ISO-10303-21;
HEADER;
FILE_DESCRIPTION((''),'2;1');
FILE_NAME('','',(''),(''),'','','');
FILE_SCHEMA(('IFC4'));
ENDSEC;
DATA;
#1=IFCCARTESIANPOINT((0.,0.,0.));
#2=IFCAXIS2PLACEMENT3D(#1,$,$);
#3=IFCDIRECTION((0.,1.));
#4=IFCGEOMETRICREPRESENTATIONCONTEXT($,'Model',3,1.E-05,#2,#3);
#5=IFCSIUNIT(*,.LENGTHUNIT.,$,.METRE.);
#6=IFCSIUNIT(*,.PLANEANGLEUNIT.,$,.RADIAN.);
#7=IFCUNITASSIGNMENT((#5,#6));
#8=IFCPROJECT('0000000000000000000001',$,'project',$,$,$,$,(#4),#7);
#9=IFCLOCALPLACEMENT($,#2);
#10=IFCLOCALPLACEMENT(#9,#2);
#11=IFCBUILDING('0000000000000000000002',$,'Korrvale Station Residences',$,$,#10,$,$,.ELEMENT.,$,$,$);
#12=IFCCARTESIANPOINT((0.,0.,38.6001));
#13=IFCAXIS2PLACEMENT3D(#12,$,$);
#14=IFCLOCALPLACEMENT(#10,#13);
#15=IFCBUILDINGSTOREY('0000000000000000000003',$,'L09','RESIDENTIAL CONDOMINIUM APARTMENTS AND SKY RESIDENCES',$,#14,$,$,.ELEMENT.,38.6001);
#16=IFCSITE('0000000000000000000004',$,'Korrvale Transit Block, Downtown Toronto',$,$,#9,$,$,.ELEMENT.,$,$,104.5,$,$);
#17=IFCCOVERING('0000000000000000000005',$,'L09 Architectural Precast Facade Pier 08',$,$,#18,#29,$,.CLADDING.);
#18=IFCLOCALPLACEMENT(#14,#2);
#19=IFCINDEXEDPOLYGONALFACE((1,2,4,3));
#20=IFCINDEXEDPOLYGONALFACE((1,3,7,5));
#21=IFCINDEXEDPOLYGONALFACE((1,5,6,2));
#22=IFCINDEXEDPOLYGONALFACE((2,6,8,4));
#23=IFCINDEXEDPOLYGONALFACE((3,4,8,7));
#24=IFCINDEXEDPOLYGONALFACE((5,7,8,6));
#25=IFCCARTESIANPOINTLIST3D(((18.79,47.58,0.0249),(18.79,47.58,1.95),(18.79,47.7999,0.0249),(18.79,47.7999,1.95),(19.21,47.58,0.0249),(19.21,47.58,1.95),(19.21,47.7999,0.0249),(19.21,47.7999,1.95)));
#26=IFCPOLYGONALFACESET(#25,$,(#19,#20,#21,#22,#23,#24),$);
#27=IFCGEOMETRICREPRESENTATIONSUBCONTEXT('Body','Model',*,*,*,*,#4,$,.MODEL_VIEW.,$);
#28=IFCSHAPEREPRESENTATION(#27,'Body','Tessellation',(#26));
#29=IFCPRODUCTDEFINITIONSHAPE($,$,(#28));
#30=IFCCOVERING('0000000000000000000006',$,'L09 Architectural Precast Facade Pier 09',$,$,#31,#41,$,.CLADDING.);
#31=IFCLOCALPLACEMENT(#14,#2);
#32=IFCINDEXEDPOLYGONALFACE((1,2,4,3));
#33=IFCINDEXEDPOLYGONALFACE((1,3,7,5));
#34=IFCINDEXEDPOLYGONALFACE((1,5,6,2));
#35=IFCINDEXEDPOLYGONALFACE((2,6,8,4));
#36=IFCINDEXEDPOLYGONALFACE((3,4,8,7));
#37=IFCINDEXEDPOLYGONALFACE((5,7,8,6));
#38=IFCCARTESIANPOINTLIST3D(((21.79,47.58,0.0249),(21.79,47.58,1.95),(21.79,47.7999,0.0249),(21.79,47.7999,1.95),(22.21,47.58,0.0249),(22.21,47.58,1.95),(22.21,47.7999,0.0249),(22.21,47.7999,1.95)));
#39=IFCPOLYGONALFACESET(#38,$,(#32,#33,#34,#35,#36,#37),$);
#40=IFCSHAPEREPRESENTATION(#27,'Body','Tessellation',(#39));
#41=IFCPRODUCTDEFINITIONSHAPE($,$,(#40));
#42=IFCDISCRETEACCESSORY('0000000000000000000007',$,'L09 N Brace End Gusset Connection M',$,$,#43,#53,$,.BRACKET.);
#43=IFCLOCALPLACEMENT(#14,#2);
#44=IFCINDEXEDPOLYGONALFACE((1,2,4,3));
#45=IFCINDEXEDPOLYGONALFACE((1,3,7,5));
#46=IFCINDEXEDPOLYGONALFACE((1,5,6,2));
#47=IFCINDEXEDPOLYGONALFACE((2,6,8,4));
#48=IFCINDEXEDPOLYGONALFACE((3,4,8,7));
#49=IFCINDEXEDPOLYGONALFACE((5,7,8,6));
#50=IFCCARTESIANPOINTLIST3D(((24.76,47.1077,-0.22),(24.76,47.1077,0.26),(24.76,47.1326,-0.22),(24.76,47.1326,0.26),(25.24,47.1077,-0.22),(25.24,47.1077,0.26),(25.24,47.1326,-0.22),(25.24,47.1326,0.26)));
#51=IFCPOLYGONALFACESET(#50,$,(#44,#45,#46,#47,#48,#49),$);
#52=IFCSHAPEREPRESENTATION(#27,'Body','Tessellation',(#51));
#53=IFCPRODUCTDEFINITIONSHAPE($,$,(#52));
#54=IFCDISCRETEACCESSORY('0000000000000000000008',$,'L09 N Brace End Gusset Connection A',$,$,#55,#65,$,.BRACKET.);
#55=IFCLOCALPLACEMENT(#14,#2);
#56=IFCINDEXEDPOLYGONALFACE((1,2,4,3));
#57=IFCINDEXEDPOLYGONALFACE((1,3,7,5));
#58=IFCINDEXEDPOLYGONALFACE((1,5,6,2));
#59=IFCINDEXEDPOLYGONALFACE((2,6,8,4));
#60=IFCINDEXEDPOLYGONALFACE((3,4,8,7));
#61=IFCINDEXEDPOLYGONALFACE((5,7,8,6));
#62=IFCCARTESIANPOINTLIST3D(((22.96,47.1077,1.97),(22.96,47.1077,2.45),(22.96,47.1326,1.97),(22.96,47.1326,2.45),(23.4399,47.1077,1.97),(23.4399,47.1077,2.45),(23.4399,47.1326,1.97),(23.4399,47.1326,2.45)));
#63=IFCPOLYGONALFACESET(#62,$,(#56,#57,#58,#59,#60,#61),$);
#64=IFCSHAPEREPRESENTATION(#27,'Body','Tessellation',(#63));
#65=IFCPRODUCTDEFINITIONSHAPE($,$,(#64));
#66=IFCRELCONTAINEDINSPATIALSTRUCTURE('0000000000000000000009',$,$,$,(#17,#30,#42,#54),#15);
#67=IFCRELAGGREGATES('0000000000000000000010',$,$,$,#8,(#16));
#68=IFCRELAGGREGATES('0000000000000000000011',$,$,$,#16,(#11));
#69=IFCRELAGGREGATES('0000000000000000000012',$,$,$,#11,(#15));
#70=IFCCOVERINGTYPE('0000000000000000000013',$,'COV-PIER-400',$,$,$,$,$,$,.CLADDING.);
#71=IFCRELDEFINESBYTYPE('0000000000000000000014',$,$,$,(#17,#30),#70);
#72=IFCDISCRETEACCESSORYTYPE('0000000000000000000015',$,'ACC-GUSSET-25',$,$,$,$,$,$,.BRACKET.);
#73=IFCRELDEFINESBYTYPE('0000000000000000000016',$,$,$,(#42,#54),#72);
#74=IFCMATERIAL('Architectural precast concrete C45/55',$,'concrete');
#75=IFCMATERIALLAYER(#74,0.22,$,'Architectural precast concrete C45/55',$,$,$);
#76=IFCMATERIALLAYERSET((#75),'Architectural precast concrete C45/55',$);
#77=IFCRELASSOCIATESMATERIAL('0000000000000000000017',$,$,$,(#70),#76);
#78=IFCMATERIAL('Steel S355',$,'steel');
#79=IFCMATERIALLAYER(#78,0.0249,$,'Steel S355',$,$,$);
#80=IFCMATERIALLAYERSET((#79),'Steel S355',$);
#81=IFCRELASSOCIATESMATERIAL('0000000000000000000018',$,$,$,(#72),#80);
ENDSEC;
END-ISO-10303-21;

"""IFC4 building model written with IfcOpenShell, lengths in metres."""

from ifc_helpers import new_model, si_unit, direction, frame, origin, origin_2d, place, context, subcontext, project, spatial, rectangle, extrude, material, layer, layer_set, type_object, element, save


model = new_model("IFC4")

# Units and contexts
model_context = context("Model", 3, precision=1e-05, world=origin(), true_north=direction((0.0, 1.0)))
body_context = subcontext(model_context, "Body", "Model", "MODEL_VIEW")
ifc_project = project(units=[si_unit("LENGTHUNIT", "METRE"), si_unit("PLANEANGLEUNIT", "RADIAN")], contexts=[model_context])

# Site, building, storey
site_placement = place(None, origin())
site = spatial("IfcSite", under=ifc_project, at=site_placement, Name="Korrvale Transit Block, Downtown Toronto", CompositionType="ELEMENT", RefElevation=104.5)
building_placement = place(site_placement, origin())
building = spatial("IfcBuilding", under=site, at=building_placement, Name="Korrvale Station Residences", CompositionType="ELEMENT")
storey_placement = place(building_placement, frame((0.0, 0.0, 38.6001)))
storey = spatial("IfcBuildingStorey", under=building, at=storey_placement, Name="L09", Description="RESIDENTIAL CONDOMINIUM APARTMENTS AND SKY RESIDENCES", CompositionType="ELEMENT", Elevation=38.6001)

# Shared definitions
ifc_material_1 = material(Name="Steel S355", Category="steel")

# Coverings
ifc_material_2 = material(Name="Architectural precast concrete C45/55", Category="concrete")
ifc_layer_1 = layer(ifc_material_2, 0.22, Name="Architectural precast concrete C45/55")
ifc_layer_set_1 = layer_set([ifc_layer_1], Name="Architectural precast concrete C45/55")
covering_type = type_object("IfcCoveringType", Name="COV-PIER-400", PredefinedType="CLADDING", material=ifc_layer_set_1)
for number, where, z_axis, x_axis, name in (
    (1, (19.0, 47.6899, 0.0249), (0.0, 0.0, 1.0), (1.0, 0.0, 0.0), "L09 Architectural Precast Facade Pier 08"),
    (2, (22.0, 47.6899, 0.0249), (0.0, 0.0, 1.0), (1.0, 0.0, 0.0), "L09 Architectural Precast Facade Pier 09"),
):
    element("IfcCovering", number, at=place(storey_placement, frame(where, z_axis=z_axis, x_axis=x_axis)), inside=storey, type_object=covering_type, Name=name, PredefinedType="CLADDING", context=body_context, shape_type="SweptSolid", body=[
        extrude(rectangle(XDim=0.4199, YDim=0.22, at=origin_2d()), origin(), (0.0, 0.0, 1.0), 1.925),
    ])

# Discrete accessories
ifc_layer_2 = layer(ifc_material_1, 0.0249, Name="Steel S355")
ifc_layer_set_2 = layer_set([ifc_layer_2], Name="Steel S355")
discrete_accessory_type = type_object("IfcDiscreteAccessoryType", Name="ACC-GUSSET-25", PredefinedType="BRACKET", material=ifc_layer_set_2)
for number, where, z_axis, x_axis, name in (
    (3, (25.0, 47.1201, -0.22), (0.0, 0.0, 1.0), (1.0, 0.0, 0.0), "L09 N Brace End Gusset Connection M"),
    (4, (23.2, 47.1201, 1.97), (0.0, 0.0, 1.0), (1.0, 0.0, 0.0), "L09 N Brace End Gusset Connection A"),
):
    element("IfcDiscreteAccessory", number, at=place(storey_placement, frame(where, z_axis=z_axis, x_axis=x_axis)), inside=storey, type_object=discrete_accessory_type, Name=name, PredefinedType="BRACKET", context=body_context, shape_type="SweptSolid", body=[
        extrude(rectangle(XDim=0.48, YDim=0.0249, at=origin_2d()), origin(), (0.0, 0.0, 1.0), 0.48),
    ])

save(model, "model.ifc")
